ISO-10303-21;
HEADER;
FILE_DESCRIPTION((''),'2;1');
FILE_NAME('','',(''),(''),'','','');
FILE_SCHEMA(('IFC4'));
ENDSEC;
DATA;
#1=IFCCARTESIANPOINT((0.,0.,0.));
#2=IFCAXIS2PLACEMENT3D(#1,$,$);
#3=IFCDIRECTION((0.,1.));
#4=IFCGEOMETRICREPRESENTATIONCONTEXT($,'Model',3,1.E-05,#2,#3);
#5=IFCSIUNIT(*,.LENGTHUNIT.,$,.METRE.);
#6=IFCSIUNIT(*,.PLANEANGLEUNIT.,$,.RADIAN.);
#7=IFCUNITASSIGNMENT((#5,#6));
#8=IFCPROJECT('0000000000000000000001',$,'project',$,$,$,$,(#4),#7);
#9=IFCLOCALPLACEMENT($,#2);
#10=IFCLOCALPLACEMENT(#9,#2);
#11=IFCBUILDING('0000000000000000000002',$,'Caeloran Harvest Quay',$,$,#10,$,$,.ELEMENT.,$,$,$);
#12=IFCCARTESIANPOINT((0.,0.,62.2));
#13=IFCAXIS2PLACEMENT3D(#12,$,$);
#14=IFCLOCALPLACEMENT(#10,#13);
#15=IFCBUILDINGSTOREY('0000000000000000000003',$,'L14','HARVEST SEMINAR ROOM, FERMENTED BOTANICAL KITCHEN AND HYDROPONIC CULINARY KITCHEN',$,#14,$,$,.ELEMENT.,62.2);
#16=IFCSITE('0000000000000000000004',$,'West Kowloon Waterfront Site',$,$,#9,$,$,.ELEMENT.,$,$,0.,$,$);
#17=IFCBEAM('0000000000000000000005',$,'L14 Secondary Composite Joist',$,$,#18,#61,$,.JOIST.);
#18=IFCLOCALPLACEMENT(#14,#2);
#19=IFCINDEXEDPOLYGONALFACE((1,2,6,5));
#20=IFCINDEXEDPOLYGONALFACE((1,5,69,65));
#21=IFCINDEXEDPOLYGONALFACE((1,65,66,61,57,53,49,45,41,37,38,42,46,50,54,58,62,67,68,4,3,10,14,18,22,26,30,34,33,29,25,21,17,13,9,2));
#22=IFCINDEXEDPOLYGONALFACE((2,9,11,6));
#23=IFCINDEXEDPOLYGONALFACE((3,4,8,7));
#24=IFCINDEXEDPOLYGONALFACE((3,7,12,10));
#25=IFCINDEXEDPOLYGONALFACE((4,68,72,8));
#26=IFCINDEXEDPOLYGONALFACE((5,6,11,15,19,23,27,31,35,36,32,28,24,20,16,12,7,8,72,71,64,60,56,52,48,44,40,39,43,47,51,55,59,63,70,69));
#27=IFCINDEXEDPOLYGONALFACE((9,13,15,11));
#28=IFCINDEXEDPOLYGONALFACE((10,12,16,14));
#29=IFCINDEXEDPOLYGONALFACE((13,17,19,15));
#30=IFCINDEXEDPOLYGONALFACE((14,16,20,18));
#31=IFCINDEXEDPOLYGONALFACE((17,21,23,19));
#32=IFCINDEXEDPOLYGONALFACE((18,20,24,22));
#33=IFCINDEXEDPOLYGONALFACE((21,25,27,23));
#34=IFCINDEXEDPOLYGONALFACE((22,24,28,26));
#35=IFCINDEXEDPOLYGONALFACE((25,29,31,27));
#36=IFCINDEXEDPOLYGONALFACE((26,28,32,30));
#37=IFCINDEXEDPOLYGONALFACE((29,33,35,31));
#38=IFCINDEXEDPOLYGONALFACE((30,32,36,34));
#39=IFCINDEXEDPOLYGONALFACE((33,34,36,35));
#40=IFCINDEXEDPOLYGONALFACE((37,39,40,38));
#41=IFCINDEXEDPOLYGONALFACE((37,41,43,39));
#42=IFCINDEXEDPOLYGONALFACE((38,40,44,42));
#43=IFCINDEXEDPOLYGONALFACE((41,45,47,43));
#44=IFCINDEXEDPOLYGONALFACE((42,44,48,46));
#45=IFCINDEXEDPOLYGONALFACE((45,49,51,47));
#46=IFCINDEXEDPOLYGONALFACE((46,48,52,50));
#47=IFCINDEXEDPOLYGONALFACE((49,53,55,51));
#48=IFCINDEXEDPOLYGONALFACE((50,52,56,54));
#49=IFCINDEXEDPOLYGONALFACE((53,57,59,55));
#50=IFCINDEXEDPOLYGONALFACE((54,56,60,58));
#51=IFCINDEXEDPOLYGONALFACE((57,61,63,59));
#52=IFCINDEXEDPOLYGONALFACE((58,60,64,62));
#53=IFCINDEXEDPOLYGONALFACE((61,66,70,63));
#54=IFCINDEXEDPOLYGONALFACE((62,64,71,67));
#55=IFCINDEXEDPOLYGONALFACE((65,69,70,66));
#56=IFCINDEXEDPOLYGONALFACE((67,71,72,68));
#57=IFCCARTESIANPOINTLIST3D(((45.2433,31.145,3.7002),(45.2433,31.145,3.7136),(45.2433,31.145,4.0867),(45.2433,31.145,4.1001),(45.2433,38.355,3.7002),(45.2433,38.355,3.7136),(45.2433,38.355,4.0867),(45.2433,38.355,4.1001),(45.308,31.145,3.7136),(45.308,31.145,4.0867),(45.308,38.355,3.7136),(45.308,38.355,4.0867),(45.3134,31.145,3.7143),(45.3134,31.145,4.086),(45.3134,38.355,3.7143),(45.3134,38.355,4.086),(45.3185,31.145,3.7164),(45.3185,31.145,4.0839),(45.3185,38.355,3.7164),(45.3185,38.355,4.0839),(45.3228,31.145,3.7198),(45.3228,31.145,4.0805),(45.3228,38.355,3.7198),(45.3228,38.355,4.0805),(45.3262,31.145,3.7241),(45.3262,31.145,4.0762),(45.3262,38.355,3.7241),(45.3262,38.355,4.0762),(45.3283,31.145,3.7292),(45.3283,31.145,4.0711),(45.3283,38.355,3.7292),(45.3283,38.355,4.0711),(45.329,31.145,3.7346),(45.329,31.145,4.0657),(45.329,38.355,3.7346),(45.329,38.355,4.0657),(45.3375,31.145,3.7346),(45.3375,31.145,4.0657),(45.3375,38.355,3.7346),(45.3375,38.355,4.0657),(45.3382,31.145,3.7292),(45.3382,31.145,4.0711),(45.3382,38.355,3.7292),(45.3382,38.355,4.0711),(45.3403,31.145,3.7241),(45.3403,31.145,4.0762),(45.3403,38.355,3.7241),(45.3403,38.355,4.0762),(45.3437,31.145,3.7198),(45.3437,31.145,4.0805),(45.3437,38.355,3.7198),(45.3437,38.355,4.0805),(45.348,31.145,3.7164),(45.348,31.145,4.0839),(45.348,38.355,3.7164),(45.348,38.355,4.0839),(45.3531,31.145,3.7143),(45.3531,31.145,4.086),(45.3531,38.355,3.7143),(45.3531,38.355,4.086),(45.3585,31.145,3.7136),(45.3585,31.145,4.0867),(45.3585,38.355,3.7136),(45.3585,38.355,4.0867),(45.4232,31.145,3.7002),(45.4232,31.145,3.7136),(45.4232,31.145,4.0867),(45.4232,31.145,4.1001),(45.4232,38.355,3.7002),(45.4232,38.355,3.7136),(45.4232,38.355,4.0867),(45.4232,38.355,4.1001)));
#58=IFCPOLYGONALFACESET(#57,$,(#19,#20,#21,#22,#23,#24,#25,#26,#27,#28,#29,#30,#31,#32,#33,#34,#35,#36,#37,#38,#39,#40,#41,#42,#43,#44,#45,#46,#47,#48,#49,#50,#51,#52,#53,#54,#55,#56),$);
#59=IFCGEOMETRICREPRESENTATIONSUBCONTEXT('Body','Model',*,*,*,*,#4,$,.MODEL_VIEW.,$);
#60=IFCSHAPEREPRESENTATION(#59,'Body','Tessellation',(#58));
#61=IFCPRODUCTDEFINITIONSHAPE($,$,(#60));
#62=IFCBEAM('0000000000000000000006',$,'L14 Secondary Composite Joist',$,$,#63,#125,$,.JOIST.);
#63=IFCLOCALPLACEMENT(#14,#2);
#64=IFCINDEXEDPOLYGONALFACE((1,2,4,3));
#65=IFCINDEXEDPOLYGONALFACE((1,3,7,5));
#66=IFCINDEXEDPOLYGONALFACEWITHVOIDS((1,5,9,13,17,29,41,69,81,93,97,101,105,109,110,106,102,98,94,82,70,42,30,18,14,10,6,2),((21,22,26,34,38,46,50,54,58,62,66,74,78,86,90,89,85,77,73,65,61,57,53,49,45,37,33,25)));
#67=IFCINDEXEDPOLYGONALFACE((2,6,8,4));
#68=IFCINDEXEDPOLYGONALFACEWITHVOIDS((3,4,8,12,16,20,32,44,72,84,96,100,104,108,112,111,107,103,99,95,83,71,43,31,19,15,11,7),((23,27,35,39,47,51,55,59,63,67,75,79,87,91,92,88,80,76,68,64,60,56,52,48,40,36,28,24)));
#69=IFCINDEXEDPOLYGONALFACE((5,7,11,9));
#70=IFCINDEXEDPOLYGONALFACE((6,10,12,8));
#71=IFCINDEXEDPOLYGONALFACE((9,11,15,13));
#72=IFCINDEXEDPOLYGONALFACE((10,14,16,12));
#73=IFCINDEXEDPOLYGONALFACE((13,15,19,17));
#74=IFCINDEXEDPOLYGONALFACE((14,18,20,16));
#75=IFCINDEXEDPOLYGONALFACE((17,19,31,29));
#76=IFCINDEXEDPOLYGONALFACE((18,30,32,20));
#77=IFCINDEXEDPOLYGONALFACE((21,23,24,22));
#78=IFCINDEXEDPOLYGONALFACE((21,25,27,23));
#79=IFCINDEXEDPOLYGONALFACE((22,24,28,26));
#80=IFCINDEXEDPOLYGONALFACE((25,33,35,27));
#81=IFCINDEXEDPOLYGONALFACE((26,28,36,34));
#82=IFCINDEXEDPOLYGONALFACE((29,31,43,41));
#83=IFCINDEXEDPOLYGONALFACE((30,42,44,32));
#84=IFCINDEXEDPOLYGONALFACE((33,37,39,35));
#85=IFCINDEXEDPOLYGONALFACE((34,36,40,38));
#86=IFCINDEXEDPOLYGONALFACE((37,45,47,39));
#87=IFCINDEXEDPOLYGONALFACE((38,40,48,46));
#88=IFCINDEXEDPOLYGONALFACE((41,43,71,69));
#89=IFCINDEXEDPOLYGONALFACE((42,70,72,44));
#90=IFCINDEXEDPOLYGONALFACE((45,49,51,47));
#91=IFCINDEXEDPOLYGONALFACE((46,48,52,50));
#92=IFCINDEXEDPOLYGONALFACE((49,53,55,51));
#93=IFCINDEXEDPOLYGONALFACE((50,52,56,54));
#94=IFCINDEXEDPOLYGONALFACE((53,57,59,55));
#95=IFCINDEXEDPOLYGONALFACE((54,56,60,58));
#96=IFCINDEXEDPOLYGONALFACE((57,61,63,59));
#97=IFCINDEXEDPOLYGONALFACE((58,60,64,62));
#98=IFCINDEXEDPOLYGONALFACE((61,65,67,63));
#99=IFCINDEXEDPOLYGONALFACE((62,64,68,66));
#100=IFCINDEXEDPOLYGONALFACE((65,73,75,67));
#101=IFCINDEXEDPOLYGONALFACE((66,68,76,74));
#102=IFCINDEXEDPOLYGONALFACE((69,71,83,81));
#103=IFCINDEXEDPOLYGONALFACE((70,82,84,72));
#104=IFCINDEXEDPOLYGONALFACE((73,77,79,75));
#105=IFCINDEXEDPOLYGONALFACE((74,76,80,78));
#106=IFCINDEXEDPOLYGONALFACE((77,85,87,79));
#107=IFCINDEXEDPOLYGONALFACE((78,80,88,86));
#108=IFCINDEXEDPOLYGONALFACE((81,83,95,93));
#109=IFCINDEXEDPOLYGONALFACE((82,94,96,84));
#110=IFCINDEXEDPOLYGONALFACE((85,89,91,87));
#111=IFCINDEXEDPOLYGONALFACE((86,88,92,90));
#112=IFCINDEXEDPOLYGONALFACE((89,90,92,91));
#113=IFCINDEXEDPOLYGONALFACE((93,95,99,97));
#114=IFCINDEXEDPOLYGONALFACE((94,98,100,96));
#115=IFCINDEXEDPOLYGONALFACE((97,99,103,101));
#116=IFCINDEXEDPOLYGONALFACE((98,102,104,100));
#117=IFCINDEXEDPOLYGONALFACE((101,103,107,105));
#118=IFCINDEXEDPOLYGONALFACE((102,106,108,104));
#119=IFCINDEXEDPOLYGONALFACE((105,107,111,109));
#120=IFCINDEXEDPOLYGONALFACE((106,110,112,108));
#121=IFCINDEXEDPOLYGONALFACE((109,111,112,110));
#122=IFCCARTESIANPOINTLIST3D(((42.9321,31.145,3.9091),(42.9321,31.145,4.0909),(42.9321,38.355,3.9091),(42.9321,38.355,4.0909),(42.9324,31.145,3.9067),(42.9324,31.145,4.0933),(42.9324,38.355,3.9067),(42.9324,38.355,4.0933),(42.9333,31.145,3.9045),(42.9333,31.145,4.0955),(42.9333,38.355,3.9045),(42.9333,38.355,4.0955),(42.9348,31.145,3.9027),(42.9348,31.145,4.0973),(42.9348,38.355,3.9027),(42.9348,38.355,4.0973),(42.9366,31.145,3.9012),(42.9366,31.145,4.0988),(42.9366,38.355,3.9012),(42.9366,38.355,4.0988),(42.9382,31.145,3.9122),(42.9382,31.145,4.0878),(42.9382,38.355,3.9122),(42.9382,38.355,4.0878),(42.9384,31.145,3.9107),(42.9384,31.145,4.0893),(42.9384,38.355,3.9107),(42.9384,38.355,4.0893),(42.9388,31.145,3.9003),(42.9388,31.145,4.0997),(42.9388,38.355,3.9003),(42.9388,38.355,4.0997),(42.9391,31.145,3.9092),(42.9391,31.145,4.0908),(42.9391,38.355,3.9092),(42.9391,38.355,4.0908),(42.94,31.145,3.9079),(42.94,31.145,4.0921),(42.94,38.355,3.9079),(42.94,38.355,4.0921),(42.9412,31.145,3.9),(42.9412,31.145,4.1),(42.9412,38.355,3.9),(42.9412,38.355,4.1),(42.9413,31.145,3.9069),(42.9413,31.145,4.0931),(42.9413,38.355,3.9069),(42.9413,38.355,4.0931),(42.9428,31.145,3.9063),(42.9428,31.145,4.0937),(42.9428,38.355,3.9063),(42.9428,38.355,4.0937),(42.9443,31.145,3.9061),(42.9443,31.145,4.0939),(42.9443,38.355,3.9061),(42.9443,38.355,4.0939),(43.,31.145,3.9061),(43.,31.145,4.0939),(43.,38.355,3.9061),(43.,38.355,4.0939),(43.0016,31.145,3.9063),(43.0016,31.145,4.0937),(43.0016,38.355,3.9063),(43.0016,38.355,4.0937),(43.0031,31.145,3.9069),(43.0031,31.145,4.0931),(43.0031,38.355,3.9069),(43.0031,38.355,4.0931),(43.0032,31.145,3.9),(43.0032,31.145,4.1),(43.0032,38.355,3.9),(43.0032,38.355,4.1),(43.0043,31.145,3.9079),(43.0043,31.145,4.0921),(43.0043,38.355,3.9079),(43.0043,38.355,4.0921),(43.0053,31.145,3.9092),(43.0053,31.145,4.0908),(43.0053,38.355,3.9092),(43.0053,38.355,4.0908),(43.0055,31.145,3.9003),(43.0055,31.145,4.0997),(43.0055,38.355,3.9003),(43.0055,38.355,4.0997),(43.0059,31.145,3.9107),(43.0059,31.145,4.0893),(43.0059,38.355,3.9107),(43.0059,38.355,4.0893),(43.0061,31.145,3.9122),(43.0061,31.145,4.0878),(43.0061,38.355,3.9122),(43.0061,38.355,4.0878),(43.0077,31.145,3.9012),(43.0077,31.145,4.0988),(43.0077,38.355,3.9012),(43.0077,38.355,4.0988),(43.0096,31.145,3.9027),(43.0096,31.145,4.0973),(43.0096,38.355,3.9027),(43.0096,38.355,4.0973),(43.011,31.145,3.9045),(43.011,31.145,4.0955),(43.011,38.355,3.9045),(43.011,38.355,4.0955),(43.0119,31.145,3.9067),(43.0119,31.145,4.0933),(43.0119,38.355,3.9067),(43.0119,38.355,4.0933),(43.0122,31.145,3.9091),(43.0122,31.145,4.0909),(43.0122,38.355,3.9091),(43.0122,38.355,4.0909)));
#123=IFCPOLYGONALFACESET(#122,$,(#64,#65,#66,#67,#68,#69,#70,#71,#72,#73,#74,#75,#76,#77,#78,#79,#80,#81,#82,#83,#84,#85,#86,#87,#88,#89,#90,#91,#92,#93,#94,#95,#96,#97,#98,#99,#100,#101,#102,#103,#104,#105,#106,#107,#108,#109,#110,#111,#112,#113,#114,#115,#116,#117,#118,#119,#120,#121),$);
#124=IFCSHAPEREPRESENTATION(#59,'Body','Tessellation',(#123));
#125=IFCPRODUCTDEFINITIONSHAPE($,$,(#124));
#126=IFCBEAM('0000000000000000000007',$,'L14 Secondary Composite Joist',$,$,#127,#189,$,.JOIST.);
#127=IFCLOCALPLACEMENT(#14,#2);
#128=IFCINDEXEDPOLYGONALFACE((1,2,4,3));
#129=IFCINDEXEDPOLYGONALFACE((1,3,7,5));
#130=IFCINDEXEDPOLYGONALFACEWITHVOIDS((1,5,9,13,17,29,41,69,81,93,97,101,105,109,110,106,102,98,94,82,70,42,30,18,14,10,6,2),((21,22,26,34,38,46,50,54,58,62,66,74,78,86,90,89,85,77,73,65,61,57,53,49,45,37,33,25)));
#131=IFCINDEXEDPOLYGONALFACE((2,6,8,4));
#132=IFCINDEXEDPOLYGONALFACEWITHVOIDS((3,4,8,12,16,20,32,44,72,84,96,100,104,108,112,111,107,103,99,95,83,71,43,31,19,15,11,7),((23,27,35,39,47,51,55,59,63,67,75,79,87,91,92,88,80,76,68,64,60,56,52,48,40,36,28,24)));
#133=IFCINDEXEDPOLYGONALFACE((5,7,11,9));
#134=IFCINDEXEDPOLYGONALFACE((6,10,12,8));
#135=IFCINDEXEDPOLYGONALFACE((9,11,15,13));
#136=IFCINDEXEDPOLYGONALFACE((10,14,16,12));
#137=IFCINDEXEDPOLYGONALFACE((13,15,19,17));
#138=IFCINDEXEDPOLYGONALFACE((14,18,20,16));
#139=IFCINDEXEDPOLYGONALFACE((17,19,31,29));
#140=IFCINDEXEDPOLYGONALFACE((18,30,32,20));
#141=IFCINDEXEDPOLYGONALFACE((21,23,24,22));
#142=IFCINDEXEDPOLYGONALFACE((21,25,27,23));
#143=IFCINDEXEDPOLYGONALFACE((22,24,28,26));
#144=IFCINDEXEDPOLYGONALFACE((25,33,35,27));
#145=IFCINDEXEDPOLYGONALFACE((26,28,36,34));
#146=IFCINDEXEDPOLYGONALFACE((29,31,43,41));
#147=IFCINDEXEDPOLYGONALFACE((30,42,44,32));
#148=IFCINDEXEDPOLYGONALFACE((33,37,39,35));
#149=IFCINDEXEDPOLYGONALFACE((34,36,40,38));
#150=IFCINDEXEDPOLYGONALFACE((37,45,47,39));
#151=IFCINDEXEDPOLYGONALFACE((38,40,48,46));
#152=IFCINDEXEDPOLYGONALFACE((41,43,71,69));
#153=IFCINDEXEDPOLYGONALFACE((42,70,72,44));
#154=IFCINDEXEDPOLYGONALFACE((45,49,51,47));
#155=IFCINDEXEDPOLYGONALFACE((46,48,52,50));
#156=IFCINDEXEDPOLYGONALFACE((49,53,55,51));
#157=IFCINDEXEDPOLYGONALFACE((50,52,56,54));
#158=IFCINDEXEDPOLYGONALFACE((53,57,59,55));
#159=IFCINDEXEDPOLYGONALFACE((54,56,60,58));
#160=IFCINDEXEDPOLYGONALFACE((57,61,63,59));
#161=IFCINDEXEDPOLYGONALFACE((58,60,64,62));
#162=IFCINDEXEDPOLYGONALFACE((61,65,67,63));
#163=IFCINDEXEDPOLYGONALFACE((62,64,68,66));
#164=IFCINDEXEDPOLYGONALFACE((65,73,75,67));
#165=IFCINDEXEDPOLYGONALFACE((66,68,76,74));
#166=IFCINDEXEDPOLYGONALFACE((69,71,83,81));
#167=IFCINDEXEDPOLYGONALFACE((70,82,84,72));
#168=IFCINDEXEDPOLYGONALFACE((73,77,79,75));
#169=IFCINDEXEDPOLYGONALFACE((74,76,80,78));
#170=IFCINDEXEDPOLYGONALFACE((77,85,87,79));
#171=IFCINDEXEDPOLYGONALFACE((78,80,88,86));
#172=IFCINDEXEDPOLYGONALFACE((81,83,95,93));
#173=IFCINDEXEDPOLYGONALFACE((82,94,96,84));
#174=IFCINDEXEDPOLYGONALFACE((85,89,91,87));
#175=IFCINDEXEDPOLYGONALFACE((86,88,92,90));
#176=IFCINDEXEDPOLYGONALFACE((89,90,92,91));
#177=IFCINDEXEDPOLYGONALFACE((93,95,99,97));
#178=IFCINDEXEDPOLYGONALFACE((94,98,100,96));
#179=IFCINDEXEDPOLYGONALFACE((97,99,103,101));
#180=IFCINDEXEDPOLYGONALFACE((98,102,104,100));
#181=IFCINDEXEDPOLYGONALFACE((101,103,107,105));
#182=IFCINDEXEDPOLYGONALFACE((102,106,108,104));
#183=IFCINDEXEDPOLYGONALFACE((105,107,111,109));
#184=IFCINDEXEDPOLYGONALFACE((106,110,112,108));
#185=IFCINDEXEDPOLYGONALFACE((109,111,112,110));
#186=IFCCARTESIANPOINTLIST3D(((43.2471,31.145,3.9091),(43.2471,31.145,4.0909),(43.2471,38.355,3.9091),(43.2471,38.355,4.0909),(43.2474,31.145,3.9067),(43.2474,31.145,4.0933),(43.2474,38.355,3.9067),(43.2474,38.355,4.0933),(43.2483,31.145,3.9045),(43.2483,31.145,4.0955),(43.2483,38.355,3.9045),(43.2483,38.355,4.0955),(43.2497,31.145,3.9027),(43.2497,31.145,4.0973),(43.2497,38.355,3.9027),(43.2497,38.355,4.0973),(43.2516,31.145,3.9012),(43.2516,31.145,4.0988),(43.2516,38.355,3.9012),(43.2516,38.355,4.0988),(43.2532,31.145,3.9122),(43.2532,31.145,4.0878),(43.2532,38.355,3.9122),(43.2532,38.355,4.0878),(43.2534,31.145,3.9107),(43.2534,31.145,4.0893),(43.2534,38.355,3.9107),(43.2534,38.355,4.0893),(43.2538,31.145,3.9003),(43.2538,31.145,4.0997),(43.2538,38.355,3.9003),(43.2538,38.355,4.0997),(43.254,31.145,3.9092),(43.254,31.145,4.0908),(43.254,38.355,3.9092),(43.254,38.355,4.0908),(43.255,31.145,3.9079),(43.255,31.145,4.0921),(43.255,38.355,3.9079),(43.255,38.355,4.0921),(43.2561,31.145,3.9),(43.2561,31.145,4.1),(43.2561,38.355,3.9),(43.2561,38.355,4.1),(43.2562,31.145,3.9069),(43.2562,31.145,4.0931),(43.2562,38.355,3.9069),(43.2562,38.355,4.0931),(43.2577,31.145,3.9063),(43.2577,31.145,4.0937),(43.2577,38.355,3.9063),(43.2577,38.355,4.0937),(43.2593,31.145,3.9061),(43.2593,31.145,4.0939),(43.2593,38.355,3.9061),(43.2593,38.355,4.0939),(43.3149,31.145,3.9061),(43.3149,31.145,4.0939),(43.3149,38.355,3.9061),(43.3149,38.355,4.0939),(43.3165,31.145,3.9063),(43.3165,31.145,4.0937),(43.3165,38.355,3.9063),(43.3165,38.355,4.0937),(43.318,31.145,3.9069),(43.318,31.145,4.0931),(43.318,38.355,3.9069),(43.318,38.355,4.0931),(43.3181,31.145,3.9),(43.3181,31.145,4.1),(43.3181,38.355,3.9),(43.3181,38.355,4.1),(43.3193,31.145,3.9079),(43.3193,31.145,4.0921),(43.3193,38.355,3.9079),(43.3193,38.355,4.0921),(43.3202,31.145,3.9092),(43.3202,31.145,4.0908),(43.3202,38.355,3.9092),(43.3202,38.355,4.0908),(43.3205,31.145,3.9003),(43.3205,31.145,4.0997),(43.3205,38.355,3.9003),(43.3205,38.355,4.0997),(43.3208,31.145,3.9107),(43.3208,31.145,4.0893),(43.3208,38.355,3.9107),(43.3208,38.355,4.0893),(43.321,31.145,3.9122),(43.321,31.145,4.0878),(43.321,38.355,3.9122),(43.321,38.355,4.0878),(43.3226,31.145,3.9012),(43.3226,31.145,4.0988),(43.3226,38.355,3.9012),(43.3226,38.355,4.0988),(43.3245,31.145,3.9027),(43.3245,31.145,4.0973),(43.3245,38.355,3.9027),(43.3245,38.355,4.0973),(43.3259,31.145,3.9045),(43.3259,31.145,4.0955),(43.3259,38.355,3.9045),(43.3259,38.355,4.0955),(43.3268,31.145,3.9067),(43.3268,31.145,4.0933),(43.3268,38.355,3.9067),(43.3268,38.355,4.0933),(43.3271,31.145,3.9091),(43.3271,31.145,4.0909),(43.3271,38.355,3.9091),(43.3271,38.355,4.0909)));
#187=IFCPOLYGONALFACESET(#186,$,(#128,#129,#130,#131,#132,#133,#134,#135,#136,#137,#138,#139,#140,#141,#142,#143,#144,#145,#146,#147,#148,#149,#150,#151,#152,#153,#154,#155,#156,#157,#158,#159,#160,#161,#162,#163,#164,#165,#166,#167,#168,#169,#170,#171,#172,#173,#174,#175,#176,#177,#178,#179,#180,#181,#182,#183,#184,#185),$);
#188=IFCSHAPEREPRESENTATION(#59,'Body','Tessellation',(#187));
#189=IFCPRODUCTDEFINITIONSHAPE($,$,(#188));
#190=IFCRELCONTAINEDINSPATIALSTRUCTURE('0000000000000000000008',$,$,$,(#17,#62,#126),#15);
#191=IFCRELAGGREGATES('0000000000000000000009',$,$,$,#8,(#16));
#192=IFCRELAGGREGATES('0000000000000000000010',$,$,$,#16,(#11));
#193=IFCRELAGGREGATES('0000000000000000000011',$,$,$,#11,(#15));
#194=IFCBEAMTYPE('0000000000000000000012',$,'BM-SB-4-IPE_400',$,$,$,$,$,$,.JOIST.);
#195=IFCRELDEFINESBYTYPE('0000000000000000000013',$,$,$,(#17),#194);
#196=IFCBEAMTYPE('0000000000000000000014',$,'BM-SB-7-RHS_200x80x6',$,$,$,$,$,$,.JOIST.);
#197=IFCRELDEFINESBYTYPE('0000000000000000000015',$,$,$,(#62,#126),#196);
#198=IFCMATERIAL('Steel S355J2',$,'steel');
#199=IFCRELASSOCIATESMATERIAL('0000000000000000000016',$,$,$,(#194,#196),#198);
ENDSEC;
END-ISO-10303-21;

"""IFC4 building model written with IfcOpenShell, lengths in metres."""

from ifc_helpers import new_model, si_unit, direction, frame, origin, origin_2d, place, context, subcontext, project, spatial, hollow_rectangle, i_section, extrude, material, material_profile, profile_set, type_object, element, save


model = new_model("IFC4")

# Units and contexts
model_context = context("Model", 3, precision=1e-05, world=origin(), true_north=direction((0.0, 1.0)))
body_context = subcontext(model_context, "Body", "Model", "MODEL_VIEW")
ifc_project = project(units=[si_unit("LENGTHUNIT", "METRE"), si_unit("PLANEANGLEUNIT", "RADIAN")], contexts=[model_context])

# Site, building, storey
site_placement = place(None, origin())
site = spatial("IfcSite", under=ifc_project, at=site_placement, Name="West Kowloon Waterfront Site", CompositionType="ELEMENT", RefElevation=0.0)
building_placement = place(site_placement, origin())
building = spatial("IfcBuilding", under=site, at=building_placement, Name="Caeloran Harvest Quay", CompositionType="ELEMENT")
storey_placement = place(building_placement, frame((0.0, 0.0, 62.2)))
storey = spatial("IfcBuildingStorey", under=building, at=storey_placement, Name="L14", Description="HARVEST SEMINAR ROOM, FERMENTED BOTANICAL KITCHEN AND HYDROPONIC CULINARY KITCHEN", CompositionType="ELEMENT", Elevation=62.2)

# Beams
ifc_material_1 = material(Name="Steel S355J2", Category="steel")
ifc_material_profile_1 = material_profile(ifc_material_1, i_section(OverallWidth=0.1799, OverallDepth=0.3999, WebThickness=0.0085, FlangeThickness=0.0134, FilletRadius=0.021, at=origin_2d()), Name="IPE 400")
ifc_profile_set_1 = profile_set([ifc_material_profile_1], Name="Steel S355J2")
beam_type_1 = type_object("IfcBeamType", Name="BM-SB-4-IPE_400", PredefinedType="JOIST", material=ifc_profile_set_1)
for number, where, z_axis, x_axis, name in (
    (1, (45.3333, 31.145, 3.9001), (0.0, 1.0, 0.0), (-1.0, 0.0, 0.0), "L14 Secondary Composite Joist"),
):
    element("IfcBeam", number, at=place(storey_placement, frame(where, z_axis=z_axis, x_axis=x_axis)), inside=storey, type_object=beam_type_1, Name=name, PredefinedType="JOIST", context=body_context, shape_type="SweptSolid", body=[
        extrude(i_section(OverallWidth=0.1799, OverallDepth=0.3999, WebThickness=0.0085, FlangeThickness=0.0134, FilletRadius=0.021, at=origin_2d()), origin(), (0.0, 0.0, 1.0), 7.21),
    ])
ifc_material_profile_2 = material_profile(ifc_material_1, hollow_rectangle(XDim=0.0801, YDim=0.2, WallThickness=0.0061, InnerFilletRadius=0.0061, OuterFilletRadius=0.009, at=origin_2d()), Name="RHS 200x80x6")
ifc_profile_set_2 = profile_set([ifc_material_profile_2], Name="Steel S355J2")
beam_type_2 = type_object("IfcBeamType", Name="BM-SB-7-RHS_200x80x6", PredefinedType="JOIST", material=ifc_profile_set_2)
for number, where, z_axis, x_axis, name in (
    (2, (42.9722, 31.145, 4.0), (0.0, 1.0, 0.0), (-1.0, 0.0, 0.0), "L14 Secondary Composite Joist"),
    (3, (43.2871, 31.145, 4.0), (0.0, 1.0, 0.0), (-1.0, 0.0, 0.0), "L14 Secondary Composite Joist"),
):
    element("IfcBeam", number, at=place(storey_placement, frame(where, z_axis=z_axis, x_axis=x_axis)), inside=storey, type_object=beam_type_2, Name=name, PredefinedType="JOIST", context=body_context, shape_type="SweptSolid", body=[
        extrude(hollow_rectangle(XDim=0.0801, YDim=0.2, WallThickness=0.0061, InnerFilletRadius=0.0061, OuterFilletRadius=0.009, at=origin_2d()), origin(), (0.0, 0.0, 1.0), 7.21),
    ])

save(model, "model.ifc")
